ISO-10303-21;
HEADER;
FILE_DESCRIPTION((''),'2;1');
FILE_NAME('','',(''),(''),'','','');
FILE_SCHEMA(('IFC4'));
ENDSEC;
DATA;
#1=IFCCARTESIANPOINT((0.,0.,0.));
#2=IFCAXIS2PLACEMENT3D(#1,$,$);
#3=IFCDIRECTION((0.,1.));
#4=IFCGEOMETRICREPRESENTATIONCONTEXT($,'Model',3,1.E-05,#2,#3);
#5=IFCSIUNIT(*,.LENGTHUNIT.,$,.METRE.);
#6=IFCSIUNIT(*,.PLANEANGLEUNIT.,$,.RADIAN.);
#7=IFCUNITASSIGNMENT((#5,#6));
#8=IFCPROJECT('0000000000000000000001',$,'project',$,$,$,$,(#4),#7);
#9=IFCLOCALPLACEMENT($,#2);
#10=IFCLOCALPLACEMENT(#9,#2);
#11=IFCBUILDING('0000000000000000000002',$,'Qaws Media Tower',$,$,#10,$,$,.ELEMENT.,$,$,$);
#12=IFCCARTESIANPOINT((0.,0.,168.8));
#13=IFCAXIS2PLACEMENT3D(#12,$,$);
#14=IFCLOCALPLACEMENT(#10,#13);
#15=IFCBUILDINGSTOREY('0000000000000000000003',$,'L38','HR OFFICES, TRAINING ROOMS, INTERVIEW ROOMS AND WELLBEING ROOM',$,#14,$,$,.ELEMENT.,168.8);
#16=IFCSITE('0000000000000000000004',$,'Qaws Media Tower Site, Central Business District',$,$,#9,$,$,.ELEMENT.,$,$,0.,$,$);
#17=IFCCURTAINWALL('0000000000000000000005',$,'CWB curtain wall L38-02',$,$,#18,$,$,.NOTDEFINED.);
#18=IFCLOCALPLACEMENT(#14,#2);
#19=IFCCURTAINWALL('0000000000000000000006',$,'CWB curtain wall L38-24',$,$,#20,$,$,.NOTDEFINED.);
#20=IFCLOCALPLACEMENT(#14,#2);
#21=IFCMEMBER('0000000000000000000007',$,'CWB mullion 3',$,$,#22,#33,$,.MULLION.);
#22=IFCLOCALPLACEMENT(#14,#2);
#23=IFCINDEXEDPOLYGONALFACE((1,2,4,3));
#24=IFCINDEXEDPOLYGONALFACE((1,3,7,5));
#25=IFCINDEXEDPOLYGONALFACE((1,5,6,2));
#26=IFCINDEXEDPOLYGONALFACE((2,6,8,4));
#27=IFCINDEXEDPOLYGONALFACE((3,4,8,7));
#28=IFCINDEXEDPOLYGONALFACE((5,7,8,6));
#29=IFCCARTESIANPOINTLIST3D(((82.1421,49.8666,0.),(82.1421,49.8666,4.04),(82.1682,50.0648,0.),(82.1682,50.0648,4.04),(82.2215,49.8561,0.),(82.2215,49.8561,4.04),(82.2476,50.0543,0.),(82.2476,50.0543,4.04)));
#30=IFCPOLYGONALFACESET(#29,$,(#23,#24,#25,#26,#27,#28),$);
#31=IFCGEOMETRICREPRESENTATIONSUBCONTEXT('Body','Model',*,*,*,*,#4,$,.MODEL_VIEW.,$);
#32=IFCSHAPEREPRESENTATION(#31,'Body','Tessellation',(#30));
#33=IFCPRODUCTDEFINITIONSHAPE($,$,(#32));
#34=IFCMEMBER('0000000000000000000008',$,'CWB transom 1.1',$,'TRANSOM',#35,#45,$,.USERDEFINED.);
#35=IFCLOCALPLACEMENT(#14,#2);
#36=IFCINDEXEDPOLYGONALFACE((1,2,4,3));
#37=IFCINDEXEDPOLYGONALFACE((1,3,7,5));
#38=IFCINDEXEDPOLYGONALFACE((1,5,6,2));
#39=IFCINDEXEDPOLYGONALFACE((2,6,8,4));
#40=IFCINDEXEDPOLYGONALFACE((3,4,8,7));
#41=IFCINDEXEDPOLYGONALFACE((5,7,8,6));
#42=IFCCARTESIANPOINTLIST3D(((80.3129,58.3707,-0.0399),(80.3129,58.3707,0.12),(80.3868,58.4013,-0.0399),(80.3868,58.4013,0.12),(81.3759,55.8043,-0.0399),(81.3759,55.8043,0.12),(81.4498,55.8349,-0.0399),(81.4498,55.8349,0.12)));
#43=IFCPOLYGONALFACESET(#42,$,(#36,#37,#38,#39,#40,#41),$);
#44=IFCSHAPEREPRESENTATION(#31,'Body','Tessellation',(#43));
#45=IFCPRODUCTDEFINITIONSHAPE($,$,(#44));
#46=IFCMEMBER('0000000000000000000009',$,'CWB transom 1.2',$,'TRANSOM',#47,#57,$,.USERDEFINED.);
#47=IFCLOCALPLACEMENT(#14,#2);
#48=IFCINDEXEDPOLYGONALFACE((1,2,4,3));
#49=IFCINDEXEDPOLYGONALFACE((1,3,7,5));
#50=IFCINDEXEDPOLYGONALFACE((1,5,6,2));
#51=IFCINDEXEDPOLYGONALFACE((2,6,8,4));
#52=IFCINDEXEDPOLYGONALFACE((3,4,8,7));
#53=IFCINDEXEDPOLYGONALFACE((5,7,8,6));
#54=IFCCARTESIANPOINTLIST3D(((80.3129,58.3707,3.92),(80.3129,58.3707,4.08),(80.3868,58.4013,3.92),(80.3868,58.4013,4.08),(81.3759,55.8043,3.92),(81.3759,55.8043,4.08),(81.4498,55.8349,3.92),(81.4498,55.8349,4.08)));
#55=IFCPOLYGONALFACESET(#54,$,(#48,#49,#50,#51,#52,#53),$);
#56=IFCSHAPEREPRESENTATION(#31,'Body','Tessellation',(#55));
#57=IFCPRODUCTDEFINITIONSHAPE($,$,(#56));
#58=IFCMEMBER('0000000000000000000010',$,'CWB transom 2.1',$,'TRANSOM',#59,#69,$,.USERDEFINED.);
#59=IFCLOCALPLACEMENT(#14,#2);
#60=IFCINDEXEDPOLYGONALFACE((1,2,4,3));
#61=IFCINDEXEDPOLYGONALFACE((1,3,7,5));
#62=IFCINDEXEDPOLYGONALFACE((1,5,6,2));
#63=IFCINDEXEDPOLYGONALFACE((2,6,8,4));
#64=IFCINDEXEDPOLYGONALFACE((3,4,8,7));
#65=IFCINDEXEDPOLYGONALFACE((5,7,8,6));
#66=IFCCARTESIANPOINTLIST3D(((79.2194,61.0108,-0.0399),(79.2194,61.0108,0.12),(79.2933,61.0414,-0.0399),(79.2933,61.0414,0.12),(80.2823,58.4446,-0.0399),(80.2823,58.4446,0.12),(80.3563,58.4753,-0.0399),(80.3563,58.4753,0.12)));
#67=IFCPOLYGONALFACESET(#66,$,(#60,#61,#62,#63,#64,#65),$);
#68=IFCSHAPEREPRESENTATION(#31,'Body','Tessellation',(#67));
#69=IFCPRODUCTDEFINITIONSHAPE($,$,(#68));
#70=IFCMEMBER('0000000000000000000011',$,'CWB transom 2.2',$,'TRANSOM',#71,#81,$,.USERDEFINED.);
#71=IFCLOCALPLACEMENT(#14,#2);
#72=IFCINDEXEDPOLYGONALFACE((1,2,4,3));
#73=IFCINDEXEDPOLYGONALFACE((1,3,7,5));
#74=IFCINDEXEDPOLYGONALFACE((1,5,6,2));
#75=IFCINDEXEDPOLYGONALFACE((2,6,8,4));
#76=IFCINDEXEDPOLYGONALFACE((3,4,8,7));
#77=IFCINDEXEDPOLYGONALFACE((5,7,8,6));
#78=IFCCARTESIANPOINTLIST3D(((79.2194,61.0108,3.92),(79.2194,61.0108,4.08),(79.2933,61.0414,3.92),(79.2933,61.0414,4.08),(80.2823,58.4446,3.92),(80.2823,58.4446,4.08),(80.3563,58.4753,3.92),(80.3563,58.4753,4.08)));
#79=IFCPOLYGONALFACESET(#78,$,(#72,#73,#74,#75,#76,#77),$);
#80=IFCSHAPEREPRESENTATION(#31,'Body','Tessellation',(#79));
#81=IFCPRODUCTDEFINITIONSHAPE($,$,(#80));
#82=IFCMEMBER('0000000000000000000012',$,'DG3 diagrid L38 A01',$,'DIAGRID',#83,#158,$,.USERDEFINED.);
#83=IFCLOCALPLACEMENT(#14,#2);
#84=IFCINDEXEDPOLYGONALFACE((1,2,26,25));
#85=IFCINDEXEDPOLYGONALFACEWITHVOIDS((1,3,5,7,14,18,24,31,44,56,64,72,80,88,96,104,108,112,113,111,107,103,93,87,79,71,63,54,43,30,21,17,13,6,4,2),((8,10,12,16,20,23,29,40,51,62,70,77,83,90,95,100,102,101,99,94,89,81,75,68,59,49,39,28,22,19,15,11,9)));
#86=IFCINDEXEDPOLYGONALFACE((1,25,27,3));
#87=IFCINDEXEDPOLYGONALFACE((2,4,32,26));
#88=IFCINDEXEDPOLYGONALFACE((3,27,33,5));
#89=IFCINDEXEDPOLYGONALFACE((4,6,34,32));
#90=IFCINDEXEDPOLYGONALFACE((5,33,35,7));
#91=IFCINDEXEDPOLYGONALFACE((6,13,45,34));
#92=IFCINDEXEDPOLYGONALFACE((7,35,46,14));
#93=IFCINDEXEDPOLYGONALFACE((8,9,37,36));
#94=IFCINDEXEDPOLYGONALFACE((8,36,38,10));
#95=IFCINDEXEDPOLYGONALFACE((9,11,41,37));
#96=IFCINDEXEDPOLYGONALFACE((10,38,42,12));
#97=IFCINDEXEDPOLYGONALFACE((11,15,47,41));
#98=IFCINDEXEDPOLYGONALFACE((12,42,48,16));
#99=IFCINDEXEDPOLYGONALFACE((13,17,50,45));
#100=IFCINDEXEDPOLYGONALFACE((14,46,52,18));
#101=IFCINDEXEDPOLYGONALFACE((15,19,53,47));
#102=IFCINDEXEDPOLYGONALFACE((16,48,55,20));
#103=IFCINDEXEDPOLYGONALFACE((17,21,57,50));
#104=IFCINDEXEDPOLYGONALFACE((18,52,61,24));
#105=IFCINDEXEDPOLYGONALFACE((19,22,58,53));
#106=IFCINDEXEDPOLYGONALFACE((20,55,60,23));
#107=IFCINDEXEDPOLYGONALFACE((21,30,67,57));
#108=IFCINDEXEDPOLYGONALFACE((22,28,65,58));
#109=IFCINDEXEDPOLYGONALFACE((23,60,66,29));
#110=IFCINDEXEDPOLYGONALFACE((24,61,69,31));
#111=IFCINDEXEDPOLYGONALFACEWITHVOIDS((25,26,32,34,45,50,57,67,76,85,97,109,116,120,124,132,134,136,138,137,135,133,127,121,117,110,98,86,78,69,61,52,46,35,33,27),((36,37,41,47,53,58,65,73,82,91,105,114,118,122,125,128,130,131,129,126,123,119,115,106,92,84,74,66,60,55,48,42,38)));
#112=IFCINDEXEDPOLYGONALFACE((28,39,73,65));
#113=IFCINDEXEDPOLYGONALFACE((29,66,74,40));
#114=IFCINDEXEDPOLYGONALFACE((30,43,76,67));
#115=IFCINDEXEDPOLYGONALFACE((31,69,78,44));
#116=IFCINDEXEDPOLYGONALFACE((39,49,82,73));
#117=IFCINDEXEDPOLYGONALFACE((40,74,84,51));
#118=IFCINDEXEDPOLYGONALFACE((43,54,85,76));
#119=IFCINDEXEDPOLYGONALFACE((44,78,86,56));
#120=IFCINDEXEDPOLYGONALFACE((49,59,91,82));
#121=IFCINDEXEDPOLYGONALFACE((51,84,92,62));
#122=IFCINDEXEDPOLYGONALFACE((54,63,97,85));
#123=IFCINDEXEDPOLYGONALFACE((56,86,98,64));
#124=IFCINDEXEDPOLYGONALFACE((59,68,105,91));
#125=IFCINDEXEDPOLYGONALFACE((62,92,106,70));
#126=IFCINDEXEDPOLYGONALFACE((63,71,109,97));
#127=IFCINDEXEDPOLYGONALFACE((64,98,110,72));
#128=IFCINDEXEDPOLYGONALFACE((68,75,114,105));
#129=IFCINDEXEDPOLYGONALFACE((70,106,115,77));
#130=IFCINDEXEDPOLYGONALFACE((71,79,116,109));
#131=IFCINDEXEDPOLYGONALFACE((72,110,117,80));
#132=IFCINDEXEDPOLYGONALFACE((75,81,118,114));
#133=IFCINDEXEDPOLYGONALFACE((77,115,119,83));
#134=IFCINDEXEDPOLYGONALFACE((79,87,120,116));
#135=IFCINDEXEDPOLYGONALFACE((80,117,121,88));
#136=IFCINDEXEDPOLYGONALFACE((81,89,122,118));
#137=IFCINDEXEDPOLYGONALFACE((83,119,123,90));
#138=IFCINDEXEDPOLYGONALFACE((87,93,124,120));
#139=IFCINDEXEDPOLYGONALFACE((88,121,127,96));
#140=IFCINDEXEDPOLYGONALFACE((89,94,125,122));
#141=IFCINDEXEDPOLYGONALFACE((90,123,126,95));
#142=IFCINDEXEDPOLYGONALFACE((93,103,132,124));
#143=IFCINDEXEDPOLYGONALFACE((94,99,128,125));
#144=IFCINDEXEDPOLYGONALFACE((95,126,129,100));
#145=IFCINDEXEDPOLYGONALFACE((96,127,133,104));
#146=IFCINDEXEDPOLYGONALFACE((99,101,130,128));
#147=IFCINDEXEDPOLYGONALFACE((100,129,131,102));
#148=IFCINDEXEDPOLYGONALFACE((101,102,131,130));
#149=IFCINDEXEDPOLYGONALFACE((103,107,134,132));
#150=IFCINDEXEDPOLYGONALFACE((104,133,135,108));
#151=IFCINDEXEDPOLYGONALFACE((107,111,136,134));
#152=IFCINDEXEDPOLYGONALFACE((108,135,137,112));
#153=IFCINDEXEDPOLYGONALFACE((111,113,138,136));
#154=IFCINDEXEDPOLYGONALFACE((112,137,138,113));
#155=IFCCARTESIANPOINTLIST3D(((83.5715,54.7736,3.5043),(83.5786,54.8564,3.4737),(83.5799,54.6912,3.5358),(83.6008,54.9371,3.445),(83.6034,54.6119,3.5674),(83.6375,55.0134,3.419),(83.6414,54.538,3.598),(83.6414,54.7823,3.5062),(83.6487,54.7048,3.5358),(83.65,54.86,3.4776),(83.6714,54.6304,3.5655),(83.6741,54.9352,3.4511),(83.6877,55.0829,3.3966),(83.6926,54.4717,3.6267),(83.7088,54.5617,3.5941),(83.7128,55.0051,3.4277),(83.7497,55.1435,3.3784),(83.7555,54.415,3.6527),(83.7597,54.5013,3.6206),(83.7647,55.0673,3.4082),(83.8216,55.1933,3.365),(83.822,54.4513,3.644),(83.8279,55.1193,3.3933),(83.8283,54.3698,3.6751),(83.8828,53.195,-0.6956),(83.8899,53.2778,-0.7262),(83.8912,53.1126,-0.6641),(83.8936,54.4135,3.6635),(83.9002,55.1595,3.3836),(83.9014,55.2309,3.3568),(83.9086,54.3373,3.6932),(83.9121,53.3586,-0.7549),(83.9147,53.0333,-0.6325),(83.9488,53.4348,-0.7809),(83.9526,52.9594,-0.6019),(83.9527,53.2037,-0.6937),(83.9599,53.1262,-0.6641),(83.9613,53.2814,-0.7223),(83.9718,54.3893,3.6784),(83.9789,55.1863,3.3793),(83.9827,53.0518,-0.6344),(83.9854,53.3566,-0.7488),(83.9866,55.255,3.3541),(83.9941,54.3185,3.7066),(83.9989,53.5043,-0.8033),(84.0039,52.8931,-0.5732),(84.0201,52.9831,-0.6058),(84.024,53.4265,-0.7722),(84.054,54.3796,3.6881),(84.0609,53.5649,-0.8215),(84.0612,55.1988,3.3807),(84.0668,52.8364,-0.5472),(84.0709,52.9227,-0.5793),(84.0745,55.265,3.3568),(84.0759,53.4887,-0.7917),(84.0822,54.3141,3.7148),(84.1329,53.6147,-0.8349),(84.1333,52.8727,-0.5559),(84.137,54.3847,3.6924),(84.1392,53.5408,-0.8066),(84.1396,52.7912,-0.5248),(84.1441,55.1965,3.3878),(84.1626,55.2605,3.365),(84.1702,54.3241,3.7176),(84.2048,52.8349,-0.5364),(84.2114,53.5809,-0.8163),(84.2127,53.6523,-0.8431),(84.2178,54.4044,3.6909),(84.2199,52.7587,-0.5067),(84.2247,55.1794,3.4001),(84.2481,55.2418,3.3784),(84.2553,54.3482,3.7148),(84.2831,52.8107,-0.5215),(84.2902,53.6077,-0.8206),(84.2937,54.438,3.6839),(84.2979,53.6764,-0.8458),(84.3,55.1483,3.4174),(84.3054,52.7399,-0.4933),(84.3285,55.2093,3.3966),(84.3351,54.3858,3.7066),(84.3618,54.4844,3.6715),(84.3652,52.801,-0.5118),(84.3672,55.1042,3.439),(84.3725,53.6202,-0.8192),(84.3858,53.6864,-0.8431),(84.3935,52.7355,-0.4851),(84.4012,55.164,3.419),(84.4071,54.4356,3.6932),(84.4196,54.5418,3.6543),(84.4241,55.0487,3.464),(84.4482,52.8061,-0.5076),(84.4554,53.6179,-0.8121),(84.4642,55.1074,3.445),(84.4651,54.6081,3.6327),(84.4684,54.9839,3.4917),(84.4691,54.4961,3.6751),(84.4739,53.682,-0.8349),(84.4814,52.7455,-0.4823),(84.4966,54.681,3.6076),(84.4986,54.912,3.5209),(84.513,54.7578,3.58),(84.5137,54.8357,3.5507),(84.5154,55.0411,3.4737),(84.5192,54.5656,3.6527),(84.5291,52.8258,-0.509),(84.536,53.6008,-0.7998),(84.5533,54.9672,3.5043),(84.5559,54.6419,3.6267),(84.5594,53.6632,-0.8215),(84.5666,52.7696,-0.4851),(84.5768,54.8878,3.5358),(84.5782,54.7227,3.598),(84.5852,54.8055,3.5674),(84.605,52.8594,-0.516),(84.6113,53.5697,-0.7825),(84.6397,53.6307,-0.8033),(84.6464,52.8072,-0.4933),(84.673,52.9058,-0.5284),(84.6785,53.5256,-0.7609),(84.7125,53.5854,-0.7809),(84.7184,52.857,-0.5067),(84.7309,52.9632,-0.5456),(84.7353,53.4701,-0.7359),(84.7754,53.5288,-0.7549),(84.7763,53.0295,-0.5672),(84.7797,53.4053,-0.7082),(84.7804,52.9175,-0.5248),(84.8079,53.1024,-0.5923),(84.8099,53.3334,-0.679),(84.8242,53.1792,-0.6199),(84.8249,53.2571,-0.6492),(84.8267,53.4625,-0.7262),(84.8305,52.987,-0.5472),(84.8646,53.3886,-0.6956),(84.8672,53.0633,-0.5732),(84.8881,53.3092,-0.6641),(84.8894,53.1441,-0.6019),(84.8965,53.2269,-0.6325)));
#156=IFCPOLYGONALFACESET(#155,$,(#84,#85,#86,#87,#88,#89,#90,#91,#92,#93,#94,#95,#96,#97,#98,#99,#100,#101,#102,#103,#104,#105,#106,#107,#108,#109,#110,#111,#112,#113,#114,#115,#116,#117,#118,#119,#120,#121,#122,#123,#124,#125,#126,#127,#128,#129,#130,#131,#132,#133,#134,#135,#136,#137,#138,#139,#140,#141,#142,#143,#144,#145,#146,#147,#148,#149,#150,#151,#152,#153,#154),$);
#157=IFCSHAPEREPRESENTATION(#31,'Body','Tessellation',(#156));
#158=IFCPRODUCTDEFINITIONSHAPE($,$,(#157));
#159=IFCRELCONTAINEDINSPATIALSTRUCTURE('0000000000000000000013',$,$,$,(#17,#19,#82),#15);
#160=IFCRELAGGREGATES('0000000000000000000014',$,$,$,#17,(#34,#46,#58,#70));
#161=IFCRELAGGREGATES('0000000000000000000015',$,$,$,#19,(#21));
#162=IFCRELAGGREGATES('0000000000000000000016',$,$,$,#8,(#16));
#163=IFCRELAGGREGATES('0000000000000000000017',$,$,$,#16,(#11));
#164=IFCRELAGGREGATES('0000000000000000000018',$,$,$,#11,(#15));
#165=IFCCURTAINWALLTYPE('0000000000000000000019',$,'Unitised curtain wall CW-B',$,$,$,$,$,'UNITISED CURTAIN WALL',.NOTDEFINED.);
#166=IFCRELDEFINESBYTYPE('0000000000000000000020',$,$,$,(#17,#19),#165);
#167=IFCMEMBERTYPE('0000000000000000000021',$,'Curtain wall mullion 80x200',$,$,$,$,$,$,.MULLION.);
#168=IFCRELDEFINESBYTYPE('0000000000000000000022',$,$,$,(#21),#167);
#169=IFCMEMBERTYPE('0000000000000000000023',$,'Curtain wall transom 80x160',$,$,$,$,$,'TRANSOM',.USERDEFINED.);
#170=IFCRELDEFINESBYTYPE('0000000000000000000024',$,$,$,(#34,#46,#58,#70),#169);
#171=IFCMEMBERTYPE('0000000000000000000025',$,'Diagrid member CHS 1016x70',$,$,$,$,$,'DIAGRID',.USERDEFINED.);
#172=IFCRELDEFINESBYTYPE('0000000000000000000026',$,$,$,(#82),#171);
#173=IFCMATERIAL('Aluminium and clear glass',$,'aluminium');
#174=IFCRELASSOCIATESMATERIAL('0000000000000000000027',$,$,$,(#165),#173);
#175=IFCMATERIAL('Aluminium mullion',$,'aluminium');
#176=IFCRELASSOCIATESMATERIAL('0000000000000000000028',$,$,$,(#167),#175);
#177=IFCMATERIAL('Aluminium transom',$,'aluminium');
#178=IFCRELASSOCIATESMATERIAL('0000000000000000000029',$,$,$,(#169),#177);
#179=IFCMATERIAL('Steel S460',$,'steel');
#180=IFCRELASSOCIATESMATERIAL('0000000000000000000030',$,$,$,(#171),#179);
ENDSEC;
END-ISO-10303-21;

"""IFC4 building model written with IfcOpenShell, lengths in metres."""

from ifc_helpers import new_model, si_unit, direction, frame, origin, origin_2d, place, context, subcontext, project, spatial, rectangle, hollow_circle, extrude, material, material_profile, profile_set, type_object, element, aggregate, save


model = new_model("IFC4")

# Units and contexts
model_context = context("Model", 3, precision=1e-05, world=origin(), true_north=direction((0.0, 1.0)))
body_context = subcontext(model_context, "Body", "Model", "MODEL_VIEW")
ifc_project = project(units=[si_unit("LENGTHUNIT", "METRE"), si_unit("PLANEANGLEUNIT", "RADIAN")], contexts=[model_context])

# Site, building, storey
site_placement = place(None, origin())
site = spatial("IfcSite", under=ifc_project, at=site_placement, Name="Qaws Media Tower Site, Central Business District", CompositionType="ELEMENT", RefElevation=0.0)
building_placement = place(site_placement, origin())
building = spatial("IfcBuilding", under=site, at=building_placement, Name="Qaws Media Tower", CompositionType="ELEMENT")
storey_placement = place(building_placement, frame((0.0, 0.0, 168.8)))
storey = spatial("IfcBuildingStorey", under=building, at=storey_placement, Name="L38", Description="HR OFFICES, TRAINING ROOMS, INTERVIEW ROOMS AND WELLBEING ROOM", CompositionType="ELEMENT", Elevation=168.8)

# Curtain wall
ifc_material_1 = material(Name="Aluminium and clear glass", Category="aluminium")
curtain_wall_type = type_object("IfcCurtainWallType", Name="Unitised curtain wall CW-B", ElementType="UNITISED CURTAIN WALL", PredefinedType="NOTDEFINED", material=ifc_material_1)
curtain_wall_1_placement = place(storey_placement, origin())
curtain_wall_1 = element("IfcCurtainWall", 1, at=curtain_wall_1_placement, inside=storey, type_object=curtain_wall_type, Name="CWB curtain wall L38-02", PredefinedType="NOTDEFINED")
ifc_material_2 = material(Name="Aluminium mullion", Category="aluminium")
ifc_material_profile_1 = material_profile(ifc_material_2, rectangle(XDim=0.0801, YDim=0.2, at=origin_2d()), Name="80x200")
ifc_profile_set_1 = profile_set([ifc_material_profile_1], Name="Aluminium mullion")
member_type_1 = type_object("IfcMemberType", Name="Curtain wall mullion 80x200", PredefinedType="MULLION", material=ifc_profile_set_1)

# Curtain wall, member
curtain_wall_2_placement = place(storey_placement, origin())
curtain_wall_2 = element("IfcCurtainWall", 2, at=curtain_wall_2_placement, inside=storey, type_object=curtain_wall_type, Name="CWB curtain wall L38-24", PredefinedType="NOTDEFINED")
member_1_placement = place(storey_placement, frame((82.1948, 49.9604, 0.0), z_axis=(0.0, 0.0, 1.0), x_axis=(-0.991445, 0.130526, 0.0)))
member_1 = element("IfcMember", 3, at=member_1_placement, type_object=member_type_1, Name="CWB mullion 3", PredefinedType="MULLION", context=body_context, shape_type="SweptSolid", body=[
    extrude(rectangle(XDim=0.0801, YDim=0.2, at=origin_2d()), origin(), (0.0, 0.0, 1.0), 4.04),
])

# Members
ifc_material_3 = material(Name="Aluminium transom", Category="aluminium")
ifc_material_profile_2 = material_profile(ifc_material_3, rectangle(XDim=0.0801, YDim=0.1599, at=origin_2d()), Name="80x160")
ifc_profile_set_2 = profile_set([ifc_material_profile_2], Name="Aluminium transom")
member_type_2 = type_object("IfcMemberType", Name="Curtain wall transom 80x160", ElementType="TRANSOM", PredefinedType="USERDEFINED", material=ifc_profile_set_2)
member_2_placement = place(storey_placement, frame((81.4128, 55.8196, 0.04), z_axis=(-0.382667, 0.923886, 0.0), x_axis=(-0.923886, -0.382667, 0.0)))
member_2 = element("IfcMember", 4, at=member_2_placement, type_object=member_type_2, Name="CWB transom 1.1", ObjectType="TRANSOM", PredefinedType="USERDEFINED", context=body_context, shape_type="SweptSolid", body=[
    extrude(rectangle(XDim=0.0801, YDim=0.1599, at=origin_2d()), origin(), (0.0, 0.0, 1.0), 2.7778),
])
member_3_placement = place(storey_placement, frame((81.4128, 55.8196, 4.0), z_axis=(-0.382667, 0.923886, 0.0), x_axis=(-0.923886, -0.382667, 0.0)))
member_3 = element("IfcMember", 5, at=member_3_placement, type_object=member_type_2, Name="CWB transom 1.2", ObjectType="TRANSOM", PredefinedType="USERDEFINED", context=body_context, shape_type="SweptSolid", body=[
    extrude(rectangle(XDim=0.0801, YDim=0.1599, at=origin_2d()), origin(), (0.0, 0.0, 1.0), 2.7778),
])
member_4_placement = place(storey_placement, frame((80.3193, 58.46, 0.04), z_axis=(-0.382699, 0.923873, 0.0), x_axis=(-0.923873, -0.382699, 0.0)))
member_4 = element("IfcMember", 6, at=member_4_placement, type_object=member_type_2, Name="CWB transom 2.1", ObjectType="TRANSOM", PredefinedType="USERDEFINED", context=body_context, shape_type="SweptSolid", body=[
    extrude(rectangle(XDim=0.0801, YDim=0.1599, at=origin_2d()), origin(), (0.0, 0.0, 1.0), 2.7776),
])
member_5_placement = place(storey_placement, frame((80.3193, 58.46, 4.0), z_axis=(-0.382699, 0.923873, 0.0), x_axis=(-0.923873, -0.382699, 0.0)))
member_5 = element("IfcMember", 7, at=member_5_placement, type_object=member_type_2, Name="CWB transom 2.2", ObjectType="TRANSOM", PredefinedType="USERDEFINED", context=body_context, shape_type="SweptSolid", body=[
    extrude(rectangle(XDim=0.0801, YDim=0.1599, at=origin_2d()), origin(), (0.0, 0.0, 1.0), 2.7776),
])

# Member
ifc_material_4 = material(Name="Steel S460", Category="steel")
ifc_material_profile_3 = material_profile(ifc_material_4, hollow_circle(Radius=0.5081, WallThickness=0.0701, at=origin_2d()), Name="CHS 1016x70")
ifc_profile_set_3 = profile_set([ifc_material_profile_3], Name="Steel S460")
member_type_3 = type_object("IfcMemberType", Name="Diagrid member CHS 1016x70", ElementType="DIAGRID", PredefinedType="USERDEFINED", material=ifc_profile_set_3)
for number, where, z_axis, x_axis, name in (
    (8, (84.3896, 53.2109, -0.6641), (-0.06921, 0.350989, 0.933818), (-0.981108, -0.19346, 0.0), "DG3 diagrid L38 A01"),
):
    element("IfcMember", number, at=place(storey_placement, frame(where, z_axis=z_axis, x_axis=x_axis)), inside=storey, type_object=member_type_3, Name=name, ObjectType="DIAGRID", PredefinedType="USERDEFINED", context=body_context, shape_type="SweptSolid", body=[
        extrude(hollow_circle(Radius=0.5081, WallThickness=0.0701, at=origin_2d()), origin(), (0.0, 0.0, 1.0), 4.4976),
    ])

aggregate(curtain_wall_1, [member_2, member_3, member_4, member_5])
aggregate(curtain_wall_2, [member_1])

save(model, "model.ifc")
